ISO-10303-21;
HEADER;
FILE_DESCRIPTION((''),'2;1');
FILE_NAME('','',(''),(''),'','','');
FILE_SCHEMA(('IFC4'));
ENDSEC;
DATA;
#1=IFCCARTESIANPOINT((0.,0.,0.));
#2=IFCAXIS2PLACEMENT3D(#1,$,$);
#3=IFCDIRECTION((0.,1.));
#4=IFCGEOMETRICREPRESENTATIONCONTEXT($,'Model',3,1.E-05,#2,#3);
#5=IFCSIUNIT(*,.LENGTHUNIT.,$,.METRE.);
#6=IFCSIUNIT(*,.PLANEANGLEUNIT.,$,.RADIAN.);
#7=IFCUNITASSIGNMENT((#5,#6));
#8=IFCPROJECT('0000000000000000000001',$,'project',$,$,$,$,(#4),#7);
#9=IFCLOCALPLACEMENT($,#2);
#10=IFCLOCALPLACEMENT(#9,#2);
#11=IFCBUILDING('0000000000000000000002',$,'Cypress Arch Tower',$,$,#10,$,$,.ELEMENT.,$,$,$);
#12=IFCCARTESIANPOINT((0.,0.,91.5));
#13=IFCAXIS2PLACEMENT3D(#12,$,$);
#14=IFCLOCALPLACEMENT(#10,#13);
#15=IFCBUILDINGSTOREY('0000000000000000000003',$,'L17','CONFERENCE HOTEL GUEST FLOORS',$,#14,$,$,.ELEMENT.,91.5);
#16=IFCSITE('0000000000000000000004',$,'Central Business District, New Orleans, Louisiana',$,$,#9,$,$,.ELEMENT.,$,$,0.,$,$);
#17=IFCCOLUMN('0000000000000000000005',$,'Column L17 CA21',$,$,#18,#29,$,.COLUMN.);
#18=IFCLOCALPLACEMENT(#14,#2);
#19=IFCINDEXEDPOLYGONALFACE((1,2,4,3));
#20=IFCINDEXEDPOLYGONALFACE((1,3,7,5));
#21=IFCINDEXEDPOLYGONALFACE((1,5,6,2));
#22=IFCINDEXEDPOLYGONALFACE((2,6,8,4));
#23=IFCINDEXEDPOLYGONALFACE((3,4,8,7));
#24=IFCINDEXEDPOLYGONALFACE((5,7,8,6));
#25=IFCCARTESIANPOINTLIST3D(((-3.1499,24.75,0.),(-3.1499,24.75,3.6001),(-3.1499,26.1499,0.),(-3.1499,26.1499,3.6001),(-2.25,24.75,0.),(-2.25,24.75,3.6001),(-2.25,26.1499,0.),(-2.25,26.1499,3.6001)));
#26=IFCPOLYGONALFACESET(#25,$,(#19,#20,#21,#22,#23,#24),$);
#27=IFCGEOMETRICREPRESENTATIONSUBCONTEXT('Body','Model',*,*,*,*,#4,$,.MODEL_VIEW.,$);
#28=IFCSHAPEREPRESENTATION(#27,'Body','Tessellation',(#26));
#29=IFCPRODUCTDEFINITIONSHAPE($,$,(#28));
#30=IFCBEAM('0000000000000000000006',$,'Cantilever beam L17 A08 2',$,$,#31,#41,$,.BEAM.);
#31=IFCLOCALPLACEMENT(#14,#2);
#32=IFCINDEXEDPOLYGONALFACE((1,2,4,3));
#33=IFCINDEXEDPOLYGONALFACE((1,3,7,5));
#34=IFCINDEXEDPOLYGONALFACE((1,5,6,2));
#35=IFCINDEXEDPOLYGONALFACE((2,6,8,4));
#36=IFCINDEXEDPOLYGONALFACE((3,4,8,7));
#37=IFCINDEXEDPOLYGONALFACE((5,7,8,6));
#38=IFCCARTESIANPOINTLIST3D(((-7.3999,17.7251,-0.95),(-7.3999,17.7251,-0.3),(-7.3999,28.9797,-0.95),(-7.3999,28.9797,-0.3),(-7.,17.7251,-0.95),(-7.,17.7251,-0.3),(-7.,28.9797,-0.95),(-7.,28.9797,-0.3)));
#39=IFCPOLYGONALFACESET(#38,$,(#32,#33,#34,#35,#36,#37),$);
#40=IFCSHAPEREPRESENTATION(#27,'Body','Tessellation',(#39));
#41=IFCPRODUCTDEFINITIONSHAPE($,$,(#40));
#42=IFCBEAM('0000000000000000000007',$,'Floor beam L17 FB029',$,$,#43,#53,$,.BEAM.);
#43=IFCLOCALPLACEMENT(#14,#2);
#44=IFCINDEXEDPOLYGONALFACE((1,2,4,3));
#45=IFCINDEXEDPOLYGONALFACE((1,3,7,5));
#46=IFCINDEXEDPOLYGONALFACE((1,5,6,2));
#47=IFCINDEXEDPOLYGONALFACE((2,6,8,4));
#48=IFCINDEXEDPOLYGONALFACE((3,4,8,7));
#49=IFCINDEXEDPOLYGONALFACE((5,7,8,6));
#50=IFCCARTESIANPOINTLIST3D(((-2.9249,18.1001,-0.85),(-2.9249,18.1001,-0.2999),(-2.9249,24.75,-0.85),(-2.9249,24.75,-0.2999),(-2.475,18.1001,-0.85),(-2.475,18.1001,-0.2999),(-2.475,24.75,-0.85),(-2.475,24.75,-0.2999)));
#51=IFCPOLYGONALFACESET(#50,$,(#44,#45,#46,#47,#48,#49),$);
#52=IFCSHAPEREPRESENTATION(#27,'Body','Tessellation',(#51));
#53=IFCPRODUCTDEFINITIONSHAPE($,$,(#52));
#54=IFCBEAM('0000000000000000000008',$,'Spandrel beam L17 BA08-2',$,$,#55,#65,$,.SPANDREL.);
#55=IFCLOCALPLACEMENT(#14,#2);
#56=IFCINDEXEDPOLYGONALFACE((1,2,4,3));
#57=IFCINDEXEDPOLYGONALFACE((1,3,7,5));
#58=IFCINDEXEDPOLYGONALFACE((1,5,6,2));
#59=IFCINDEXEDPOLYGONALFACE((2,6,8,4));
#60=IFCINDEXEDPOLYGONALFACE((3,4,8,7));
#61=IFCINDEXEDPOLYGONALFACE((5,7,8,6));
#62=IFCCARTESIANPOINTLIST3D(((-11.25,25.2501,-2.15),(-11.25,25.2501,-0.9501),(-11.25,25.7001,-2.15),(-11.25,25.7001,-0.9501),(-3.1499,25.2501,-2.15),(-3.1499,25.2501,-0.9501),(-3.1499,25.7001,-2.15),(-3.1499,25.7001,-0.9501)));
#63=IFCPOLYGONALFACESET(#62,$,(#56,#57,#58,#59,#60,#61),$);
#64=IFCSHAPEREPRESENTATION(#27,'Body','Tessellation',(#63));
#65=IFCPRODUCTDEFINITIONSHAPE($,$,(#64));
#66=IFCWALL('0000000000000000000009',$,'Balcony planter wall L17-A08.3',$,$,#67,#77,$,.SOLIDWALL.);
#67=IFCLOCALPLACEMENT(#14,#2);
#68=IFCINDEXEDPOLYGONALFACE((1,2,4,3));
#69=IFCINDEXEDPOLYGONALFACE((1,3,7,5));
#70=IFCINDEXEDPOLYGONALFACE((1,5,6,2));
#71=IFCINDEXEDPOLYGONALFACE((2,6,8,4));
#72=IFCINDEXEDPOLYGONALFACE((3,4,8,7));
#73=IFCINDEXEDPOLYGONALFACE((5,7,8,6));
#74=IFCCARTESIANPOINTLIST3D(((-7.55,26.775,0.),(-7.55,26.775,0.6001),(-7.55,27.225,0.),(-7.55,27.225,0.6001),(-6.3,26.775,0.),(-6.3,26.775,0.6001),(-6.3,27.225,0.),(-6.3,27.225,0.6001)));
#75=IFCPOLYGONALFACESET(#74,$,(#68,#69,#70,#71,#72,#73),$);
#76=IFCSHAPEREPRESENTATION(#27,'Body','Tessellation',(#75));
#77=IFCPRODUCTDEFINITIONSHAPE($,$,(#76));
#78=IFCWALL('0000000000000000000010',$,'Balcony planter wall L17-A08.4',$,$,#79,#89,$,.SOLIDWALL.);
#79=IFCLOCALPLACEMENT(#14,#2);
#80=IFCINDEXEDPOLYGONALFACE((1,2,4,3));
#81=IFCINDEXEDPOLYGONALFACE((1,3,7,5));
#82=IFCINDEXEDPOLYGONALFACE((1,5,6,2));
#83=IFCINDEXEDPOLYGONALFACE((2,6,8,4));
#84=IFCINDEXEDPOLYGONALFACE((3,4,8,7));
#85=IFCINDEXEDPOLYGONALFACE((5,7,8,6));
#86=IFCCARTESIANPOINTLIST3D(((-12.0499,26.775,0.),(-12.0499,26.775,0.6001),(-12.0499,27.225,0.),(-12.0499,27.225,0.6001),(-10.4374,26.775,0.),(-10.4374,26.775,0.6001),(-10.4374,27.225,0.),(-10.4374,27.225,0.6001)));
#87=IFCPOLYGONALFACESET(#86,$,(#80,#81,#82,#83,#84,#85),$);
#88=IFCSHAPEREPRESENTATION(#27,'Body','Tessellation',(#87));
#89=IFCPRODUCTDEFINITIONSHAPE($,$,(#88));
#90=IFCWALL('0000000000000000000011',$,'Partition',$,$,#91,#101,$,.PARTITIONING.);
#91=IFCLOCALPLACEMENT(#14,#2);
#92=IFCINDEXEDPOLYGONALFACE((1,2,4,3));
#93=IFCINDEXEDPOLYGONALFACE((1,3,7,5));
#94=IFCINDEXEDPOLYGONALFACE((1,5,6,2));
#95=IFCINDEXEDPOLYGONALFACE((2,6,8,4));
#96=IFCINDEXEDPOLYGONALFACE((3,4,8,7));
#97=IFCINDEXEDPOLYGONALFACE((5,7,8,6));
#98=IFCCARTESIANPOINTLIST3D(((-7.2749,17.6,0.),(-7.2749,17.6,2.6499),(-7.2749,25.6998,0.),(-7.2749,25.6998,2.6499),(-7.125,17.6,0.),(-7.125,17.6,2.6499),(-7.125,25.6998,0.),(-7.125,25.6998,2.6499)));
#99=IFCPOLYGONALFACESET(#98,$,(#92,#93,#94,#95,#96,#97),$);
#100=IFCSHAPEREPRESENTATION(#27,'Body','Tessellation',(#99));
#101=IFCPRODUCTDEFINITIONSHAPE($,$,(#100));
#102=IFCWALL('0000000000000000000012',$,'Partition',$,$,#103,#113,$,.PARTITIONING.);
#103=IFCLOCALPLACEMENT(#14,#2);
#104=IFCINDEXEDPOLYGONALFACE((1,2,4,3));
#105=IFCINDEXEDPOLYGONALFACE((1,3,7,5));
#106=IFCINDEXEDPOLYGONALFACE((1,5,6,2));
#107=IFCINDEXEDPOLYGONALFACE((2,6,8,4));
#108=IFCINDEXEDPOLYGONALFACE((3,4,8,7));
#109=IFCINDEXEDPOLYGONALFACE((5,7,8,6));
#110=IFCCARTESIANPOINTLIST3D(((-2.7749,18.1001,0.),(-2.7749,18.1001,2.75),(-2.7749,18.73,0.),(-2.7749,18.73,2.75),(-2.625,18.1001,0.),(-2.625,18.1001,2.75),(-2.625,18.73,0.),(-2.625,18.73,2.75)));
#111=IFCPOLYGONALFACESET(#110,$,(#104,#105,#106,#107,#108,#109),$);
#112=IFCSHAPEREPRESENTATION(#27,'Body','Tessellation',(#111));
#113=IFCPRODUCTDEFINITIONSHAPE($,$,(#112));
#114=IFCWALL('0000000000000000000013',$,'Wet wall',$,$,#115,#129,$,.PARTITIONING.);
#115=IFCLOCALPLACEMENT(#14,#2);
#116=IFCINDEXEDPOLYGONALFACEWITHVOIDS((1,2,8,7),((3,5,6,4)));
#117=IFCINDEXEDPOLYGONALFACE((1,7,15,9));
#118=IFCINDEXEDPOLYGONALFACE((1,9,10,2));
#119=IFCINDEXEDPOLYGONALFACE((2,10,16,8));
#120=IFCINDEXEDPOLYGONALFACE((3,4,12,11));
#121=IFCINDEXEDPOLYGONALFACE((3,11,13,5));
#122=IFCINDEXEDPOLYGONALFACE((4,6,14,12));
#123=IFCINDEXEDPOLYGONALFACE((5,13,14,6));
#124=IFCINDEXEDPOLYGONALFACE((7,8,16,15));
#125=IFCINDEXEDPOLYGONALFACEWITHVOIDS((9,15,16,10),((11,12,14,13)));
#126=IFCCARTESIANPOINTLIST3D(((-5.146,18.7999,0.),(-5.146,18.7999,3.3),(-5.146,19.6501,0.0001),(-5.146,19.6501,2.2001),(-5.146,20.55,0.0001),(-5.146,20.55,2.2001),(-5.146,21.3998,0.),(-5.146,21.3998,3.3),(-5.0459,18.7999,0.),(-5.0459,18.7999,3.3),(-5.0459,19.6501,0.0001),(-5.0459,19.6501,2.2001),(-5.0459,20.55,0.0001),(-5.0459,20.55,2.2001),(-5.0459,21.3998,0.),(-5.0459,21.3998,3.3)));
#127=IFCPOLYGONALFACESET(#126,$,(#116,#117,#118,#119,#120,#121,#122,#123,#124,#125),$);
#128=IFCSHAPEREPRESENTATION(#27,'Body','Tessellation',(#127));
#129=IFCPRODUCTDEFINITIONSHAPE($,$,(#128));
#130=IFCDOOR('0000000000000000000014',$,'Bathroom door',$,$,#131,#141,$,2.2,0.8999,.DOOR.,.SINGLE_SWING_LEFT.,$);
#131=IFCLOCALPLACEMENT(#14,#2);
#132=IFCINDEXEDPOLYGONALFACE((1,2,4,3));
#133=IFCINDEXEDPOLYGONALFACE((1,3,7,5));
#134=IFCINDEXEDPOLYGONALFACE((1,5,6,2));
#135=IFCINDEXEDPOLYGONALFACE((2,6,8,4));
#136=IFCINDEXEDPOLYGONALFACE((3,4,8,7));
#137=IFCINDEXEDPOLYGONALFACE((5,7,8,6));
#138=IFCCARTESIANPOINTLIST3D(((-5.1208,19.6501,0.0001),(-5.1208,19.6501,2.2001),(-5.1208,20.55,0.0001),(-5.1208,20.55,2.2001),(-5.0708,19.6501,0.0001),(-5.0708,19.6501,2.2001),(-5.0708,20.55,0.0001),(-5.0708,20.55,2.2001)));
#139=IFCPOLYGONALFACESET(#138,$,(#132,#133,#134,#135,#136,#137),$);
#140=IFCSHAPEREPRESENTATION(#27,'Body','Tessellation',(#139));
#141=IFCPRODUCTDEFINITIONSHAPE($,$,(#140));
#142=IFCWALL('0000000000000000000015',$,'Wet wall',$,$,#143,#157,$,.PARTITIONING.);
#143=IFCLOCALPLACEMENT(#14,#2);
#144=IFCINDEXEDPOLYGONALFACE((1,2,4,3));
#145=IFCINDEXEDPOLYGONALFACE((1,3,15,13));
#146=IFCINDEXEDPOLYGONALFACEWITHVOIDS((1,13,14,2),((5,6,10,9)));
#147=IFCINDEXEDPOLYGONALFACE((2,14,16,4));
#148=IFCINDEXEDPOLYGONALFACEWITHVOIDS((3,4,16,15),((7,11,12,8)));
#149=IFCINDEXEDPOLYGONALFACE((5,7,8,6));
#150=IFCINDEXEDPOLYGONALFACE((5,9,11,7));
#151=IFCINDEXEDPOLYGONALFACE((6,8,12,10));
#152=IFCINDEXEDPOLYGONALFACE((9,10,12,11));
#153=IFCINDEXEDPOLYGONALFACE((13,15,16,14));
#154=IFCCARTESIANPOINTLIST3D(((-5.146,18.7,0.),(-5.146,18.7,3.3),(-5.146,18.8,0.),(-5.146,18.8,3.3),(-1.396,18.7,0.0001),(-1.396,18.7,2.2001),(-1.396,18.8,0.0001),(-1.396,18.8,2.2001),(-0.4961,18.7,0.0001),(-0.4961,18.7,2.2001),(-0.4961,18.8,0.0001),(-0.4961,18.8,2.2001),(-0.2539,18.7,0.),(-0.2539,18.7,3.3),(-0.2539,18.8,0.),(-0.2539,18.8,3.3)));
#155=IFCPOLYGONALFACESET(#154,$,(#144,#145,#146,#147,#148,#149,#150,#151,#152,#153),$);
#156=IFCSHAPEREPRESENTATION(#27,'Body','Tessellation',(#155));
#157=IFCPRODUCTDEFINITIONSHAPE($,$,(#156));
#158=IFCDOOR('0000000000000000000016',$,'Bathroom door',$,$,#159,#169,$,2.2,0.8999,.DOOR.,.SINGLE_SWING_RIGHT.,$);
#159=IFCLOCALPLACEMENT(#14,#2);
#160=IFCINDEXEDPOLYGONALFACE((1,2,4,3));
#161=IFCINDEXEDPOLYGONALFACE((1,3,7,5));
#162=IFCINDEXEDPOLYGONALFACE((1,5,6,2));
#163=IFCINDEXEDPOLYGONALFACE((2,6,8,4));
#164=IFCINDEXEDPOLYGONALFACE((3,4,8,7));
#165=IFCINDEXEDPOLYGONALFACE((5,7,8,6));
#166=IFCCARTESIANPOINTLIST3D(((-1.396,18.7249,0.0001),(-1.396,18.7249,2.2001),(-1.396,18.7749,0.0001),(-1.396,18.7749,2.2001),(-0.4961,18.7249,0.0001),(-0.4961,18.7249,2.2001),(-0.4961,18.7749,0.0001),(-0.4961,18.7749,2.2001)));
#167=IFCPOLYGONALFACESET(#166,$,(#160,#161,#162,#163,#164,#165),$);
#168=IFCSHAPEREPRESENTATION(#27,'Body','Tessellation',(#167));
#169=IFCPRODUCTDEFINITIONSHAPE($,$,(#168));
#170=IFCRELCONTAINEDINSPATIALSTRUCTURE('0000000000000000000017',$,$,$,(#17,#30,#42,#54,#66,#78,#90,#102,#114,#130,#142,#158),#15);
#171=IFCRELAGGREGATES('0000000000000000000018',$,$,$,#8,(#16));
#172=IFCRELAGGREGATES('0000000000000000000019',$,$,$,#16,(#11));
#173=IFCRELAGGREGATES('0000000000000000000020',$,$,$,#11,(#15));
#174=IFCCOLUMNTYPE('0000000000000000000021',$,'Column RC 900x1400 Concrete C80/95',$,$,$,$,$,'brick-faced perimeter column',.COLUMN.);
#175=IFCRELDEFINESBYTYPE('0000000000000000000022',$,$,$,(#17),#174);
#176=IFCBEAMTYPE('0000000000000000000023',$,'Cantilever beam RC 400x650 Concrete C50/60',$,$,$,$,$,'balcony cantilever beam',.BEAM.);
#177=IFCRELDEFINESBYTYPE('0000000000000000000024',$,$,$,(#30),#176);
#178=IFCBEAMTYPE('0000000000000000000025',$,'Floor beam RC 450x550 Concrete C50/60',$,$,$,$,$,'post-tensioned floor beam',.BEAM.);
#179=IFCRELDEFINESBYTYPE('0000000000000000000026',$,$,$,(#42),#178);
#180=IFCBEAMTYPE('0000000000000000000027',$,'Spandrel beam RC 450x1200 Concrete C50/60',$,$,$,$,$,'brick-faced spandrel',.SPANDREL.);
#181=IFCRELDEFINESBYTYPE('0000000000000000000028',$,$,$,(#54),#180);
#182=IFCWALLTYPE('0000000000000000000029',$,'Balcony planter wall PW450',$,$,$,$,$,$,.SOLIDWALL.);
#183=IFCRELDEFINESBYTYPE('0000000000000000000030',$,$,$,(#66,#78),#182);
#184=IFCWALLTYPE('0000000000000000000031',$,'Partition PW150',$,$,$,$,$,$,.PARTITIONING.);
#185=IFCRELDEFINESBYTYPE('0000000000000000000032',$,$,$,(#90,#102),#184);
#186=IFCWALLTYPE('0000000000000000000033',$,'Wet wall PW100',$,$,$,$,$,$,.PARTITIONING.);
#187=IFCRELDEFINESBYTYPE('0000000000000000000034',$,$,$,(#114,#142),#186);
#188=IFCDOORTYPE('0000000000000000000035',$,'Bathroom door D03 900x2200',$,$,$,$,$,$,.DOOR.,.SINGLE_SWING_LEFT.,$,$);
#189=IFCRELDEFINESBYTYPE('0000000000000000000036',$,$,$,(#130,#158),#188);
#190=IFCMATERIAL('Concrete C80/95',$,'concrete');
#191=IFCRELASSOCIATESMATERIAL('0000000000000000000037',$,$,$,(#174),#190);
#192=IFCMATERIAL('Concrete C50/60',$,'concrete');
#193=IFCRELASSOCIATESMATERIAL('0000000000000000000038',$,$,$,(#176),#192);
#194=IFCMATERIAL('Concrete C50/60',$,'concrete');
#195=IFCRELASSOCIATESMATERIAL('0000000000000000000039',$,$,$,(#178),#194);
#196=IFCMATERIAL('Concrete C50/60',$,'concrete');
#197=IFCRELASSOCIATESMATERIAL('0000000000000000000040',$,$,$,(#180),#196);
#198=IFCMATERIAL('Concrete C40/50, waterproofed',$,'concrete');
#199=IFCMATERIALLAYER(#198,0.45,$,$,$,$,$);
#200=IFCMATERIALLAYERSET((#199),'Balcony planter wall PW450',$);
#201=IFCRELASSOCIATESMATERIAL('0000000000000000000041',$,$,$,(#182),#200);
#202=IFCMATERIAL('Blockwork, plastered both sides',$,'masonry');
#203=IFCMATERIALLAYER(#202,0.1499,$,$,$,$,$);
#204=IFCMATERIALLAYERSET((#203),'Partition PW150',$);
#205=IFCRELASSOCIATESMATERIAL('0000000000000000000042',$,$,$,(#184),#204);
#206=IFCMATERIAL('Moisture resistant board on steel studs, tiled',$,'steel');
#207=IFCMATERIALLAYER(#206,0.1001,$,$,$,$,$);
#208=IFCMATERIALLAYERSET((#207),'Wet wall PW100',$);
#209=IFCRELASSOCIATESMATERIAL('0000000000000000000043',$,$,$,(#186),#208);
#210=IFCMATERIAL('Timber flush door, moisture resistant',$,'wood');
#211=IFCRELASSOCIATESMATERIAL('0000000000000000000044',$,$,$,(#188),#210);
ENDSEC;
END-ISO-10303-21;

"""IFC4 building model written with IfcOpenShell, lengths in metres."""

from ifc_helpers import new_model, si_unit, direction, frame, frame_2d, origin, origin_2d, place, context, subcontext, project, spatial, rectangle, extrude, material, layer, layer_set, material_profile, profile_set, type_object, element, fill, save


model = new_model("IFC4")

# Units and contexts
model_context = context("Model", 3, precision=1e-05, world=origin(), true_north=direction((0.0, 1.0)))
body_context = subcontext(model_context, "Body", "Model", "MODEL_VIEW")
ifc_project = project(units=[si_unit("LENGTHUNIT", "METRE"), si_unit("PLANEANGLEUNIT", "RADIAN")], contexts=[model_context])

# Site, building, storey
site_placement = place(None, origin())
site = spatial("IfcSite", under=ifc_project, at=site_placement, Name="Central Business District, New Orleans, Louisiana", CompositionType="ELEMENT", RefElevation=0.0)
building_placement = place(site_placement, origin())
building = spatial("IfcBuilding", under=site, at=building_placement, Name="Cypress Arch Tower", CompositionType="ELEMENT")
storey_placement = place(building_placement, frame((0.0, 0.0, 91.5)))
storey = spatial("IfcBuildingStorey", under=building, at=storey_placement, Name="L17", Description="CONFERENCE HOTEL GUEST FLOORS", CompositionType="ELEMENT", Elevation=91.5)

# Column
ifc_material_1 = material(Name="Concrete C80/95", Category="concrete")
ifc_material_profile_1 = material_profile(ifc_material_1, rectangle(XDim=0.8999, YDim=1.3999, at=origin_2d()), Name="RC 900x1400")
ifc_profile_set_1 = profile_set([ifc_material_profile_1], Name="Concrete C80/95")
column_type = type_object("IfcColumnType", Name="Column RC 900x1400 Concrete C80/95", ElementType="brick-faced perimeter column", PredefinedType="COLUMN", material=ifc_profile_set_1)
column_placement = place(storey_placement, frame((-2.7, 25.45, 0.0), z_axis=(0.0, 0.0, 1.0), x_axis=(-1.0, 0.0, 0.0)))
element("IfcColumn", 1, at=column_placement, inside=storey, type_object=column_type, Name="Column L17 CA21", PredefinedType="COLUMN", context=body_context, shape_type="SweptSolid", body=[
    extrude(rectangle(XDim=0.8999, YDim=1.3999, at=origin_2d()), origin(), (0.0, 0.0, 1.0), 3.6001),
])

# Beams
ifc_material_2 = material(Name="Concrete C50/60", Category="concrete")
ifc_material_profile_2 = material_profile(ifc_material_2, rectangle(XDim=0.3999, YDim=0.6499, at=origin_2d()), Name="RC 400x650")
ifc_profile_set_2 = profile_set([ifc_material_profile_2], Name="Concrete C50/60")
beam_type_1 = type_object("IfcBeamType", Name="Cantilever beam RC 400x650 Concrete C50/60", ElementType="balcony cantilever beam", PredefinedType="BEAM", material=ifc_profile_set_2)
beam_1_placement = place(storey_placement, frame((-7.2, 17.7251, -0.625), z_axis=(0.0, 1.0, 0.0), x_axis=(-1.0, 0.0, 0.0)))
element("IfcBeam", 2, at=beam_1_placement, inside=storey, type_object=beam_type_1, Name="Cantilever beam L17 A08 2", PredefinedType="BEAM", context=body_context, shape_type="SweptSolid", body=[
    extrude(rectangle(XDim=0.3999, YDim=0.6499, at=origin_2d()), origin(), (0.0, 0.0, 1.0), 11.2546),
])
ifc_material_3 = material(Name="Concrete C50/60", Category="concrete")
ifc_material_profile_3 = material_profile(ifc_material_3, rectangle(XDim=0.45, YDim=0.55, at=origin_2d()), Name="RC 450x550")
ifc_profile_set_3 = profile_set([ifc_material_profile_3], Name="Concrete C50/60")
beam_type_2 = type_object("IfcBeamType", Name="Floor beam RC 450x550 Concrete C50/60", ElementType="post-tensioned floor beam", PredefinedType="BEAM", material=ifc_profile_set_3)
beam_2_placement = place(storey_placement, frame((-2.7, 18.1001, -0.575), z_axis=(0.0, 1.0, 0.0), x_axis=(-1.0, 0.0, 0.0)))
element("IfcBeam", 3, at=beam_2_placement, inside=storey, type_object=beam_type_2, Name="Floor beam L17 FB029", PredefinedType="BEAM", context=body_context, shape_type="SweptSolid", body=[
    extrude(rectangle(XDim=0.45, YDim=0.55, at=origin_2d()), origin(), (0.0, 0.0, 1.0), 6.6499),
])
ifc_material_4 = material(Name="Concrete C50/60", Category="concrete")
ifc_material_profile_4 = material_profile(ifc_material_4, rectangle(XDim=0.45, YDim=1.2, at=origin_2d()), Name="RC 450x1200")
ifc_profile_set_4 = profile_set([ifc_material_profile_4], Name="Concrete C50/60")
beam_type_3 = type_object("IfcBeamType", Name="Spandrel beam RC 450x1200 Concrete C50/60", ElementType="brick-faced spandrel", PredefinedType="SPANDREL", material=ifc_profile_set_4)
beam_3_placement = place(storey_placement, frame((-3.1499, 25.4751, -1.55), z_axis=(-1.0, 0.0, 0.0), x_axis=(0.0, -1.0, 0.0)))
element("IfcBeam", 4, at=beam_3_placement, inside=storey, type_object=beam_type_3, Name="Spandrel beam L17 BA08-2", PredefinedType="SPANDREL", context=body_context, shape_type="SweptSolid", body=[
    extrude(rectangle(XDim=0.45, YDim=1.2, at=origin_2d()), origin(), (0.0, 0.0, 1.0), 8.1001),
])

# Walls
ifc_material_5 = material(Name="Concrete C40/50, waterproofed", Category="concrete")
ifc_layer_1 = layer(ifc_material_5, 0.45)
ifc_layer_set_1 = layer_set([ifc_layer_1], Name="Balcony planter wall PW450")
wall_type_1 = type_object("IfcWallType", Name="Balcony planter wall PW450", PredefinedType="SOLIDWALL", material=ifc_layer_set_1)
wall_1_placement = place(storey_placement, frame((-6.3, 27.0, 0.0), z_axis=(0.0, 0.0, 1.0), x_axis=(-1.0, 0.0, 0.0)))
element("IfcWall", 5, at=wall_1_placement, inside=storey, type_object=wall_type_1, Name="Balcony planter wall L17-A08.3", PredefinedType="SOLIDWALL", context=body_context, shape_type="SweptSolid", body=[
    extrude(rectangle(XDim=1.25, YDim=0.45, at=frame_2d((0.625, 0.0))), origin(), (0.0, 0.0, 1.0), 0.6001),
])
wall_2_placement = place(storey_placement, frame((-10.4375, 27.0, 0.0), z_axis=(0.0, 0.0, 1.0), x_axis=(-1.0, 0.0, 0.0)))
element("IfcWall", 6, at=wall_2_placement, inside=storey, type_object=wall_type_1, Name="Balcony planter wall L17-A08.4", PredefinedType="SOLIDWALL", context=body_context, shape_type="SweptSolid", body=[
    extrude(rectangle(XDim=1.6125, YDim=0.45, at=frame_2d((0.8062, 0.0))), origin(), (0.0, 0.0, 1.0), 0.6001),
])

# Walls
ifc_material_6 = material(Name="Blockwork, plastered both sides", Category="masonry")
ifc_layer_2 = layer(ifc_material_6, 0.1499)
ifc_layer_set_2 = layer_set([ifc_layer_2], Name="Partition PW150")
wall_type_2 = type_object("IfcWallType", Name="Partition PW150", PredefinedType="PARTITIONING", material=ifc_layer_set_2)
wall_3_placement = place(storey_placement, frame((-7.2, 17.6001, 0.0), z_axis=(0.0, 0.0, 1.0), x_axis=(0.0, 1.0, 0.0)))
element("IfcWall", 7, at=wall_3_placement, inside=storey, type_object=wall_type_2, Name="Partition", PredefinedType="PARTITIONING", context=body_context, shape_type="SweptSolid", body=[
    extrude(rectangle(XDim=8.0999, YDim=0.1499, at=frame_2d((4.0498, 0.0))), origin(), (0.0, 0.0, 1.0), 2.6499),
])
wall_4_placement = place(storey_placement, frame((-2.7, 18.1001, 0.0), z_axis=(0.0, 0.0, 1.0), x_axis=(0.0, 1.0, 0.0)))
element("IfcWall", 8, at=wall_4_placement, inside=storey, type_object=wall_type_2, Name="Partition", PredefinedType="PARTITIONING", context=body_context, shape_type="SweptSolid", body=[
    extrude(rectangle(XDim=0.6299, YDim=0.1499, at=frame_2d((0.3149, 0.0))), origin(), (0.0, 0.0, 1.0), 2.75),
])

# Walls, openings, doors
ifc_material_7 = material(Name="Moisture resistant board on steel studs, tiled", Category="steel")
ifc_layer_3 = layer(ifc_material_7, 0.1001)
ifc_layer_set_3 = layer_set([ifc_layer_3], Name="Wet wall PW100")
wall_type_3 = type_object("IfcWallType", Name="Wet wall PW100", PredefinedType="PARTITIONING", material=ifc_layer_set_3)
wall_5_placement = place(storey_placement, frame((-5.0959, 18.8, 0.0), z_axis=(0.0, 0.0, 1.0), x_axis=(0.0, 1.0, 0.0)))
wall_5 = element("IfcWall", 9, at=wall_5_placement, inside=storey, type_object=wall_type_3, Name="Wet wall", PredefinedType="PARTITIONING", context=body_context, shape_type="SweptSolid", body=[
    extrude(rectangle(XDim=2.5999, YDim=0.1001, at=frame_2d((1.2998, 0.0))), origin(), (0.0, 0.0, 1.0), 3.3),
])
opening_1_placement = place(wall_5_placement, frame((0.8501, 0.0, 0.0)))
opening_1 = element("IfcOpeningElement", 10, at=opening_1_placement, cuts=wall_5, PredefinedType="OPENING", context=body_context, shape_type="SweptSolid", body=[
    extrude(rectangle(XDim=0.8999, YDim=2.2, at=frame_2d((0.45, 1.1001))), frame((0.0, 0.0601, 0.0), z_axis=(0.0, -1.0, 0.0), x_axis=(1.0, 0.0, 0.0)), (0.0, 0.0, 1.0), 0.1201),
])
ifc_material_8 = material(Name="Timber flush door, moisture resistant", Category="wood")
door_type_1 = type_object("IfcDoorType", Name="Bathroom door D03 900x2200", OperationType="SINGLE_SWING_LEFT", PredefinedType="DOOR", material=ifc_material_8)
door_1_placement = place(opening_1_placement, origin())
door_1 = element("IfcDoor", 11, at=door_1_placement, inside=storey, type_object=door_type_1, Name="Bathroom door", OperationType="SINGLE_SWING_LEFT", OverallHeight=2.2, OverallWidth=0.8999, PredefinedType="DOOR", context=body_context, shape_type="SweptSolid", body=[
    extrude(rectangle(XDim=0.8999, YDim=2.2, at=frame_2d((0.45, 1.1001))), frame((0.0, 0.0249, 0.0), z_axis=(0.0, -1.0, 0.0), x_axis=(1.0, 0.0, 0.0)), (0.0, 0.0, 1.0), 0.05),
])
fill(opening_1, door_1)
wall_6_placement = place(storey_placement, frame((-5.146, 18.75, 0.0), z_axis=(0.0, 0.0, 1.0), x_axis=(1.0, 0.0, 0.0)))
wall_6 = element("IfcWall", 12, at=wall_6_placement, inside=storey, type_object=wall_type_3, Name="Wet wall", PredefinedType="PARTITIONING", context=body_context, shape_type="SweptSolid", body=[
    extrude(rectangle(XDim=4.8921, YDim=0.1001, at=frame_2d((2.446, 0.0))), origin(), (0.0, 0.0, 1.0), 3.3),
])
opening_2_placement = place(wall_6_placement, frame((3.75, 0.0, 0.0)))
opening_2 = element("IfcOpeningElement", 13, at=opening_2_placement, cuts=wall_6, PredefinedType="OPENING", context=body_context, shape_type="SweptSolid", body=[
    extrude(rectangle(XDim=0.8999, YDim=2.2, at=frame_2d((0.45, 1.1001))), frame((0.0, 0.0601, 0.0), z_axis=(0.0, -1.0, 0.0), x_axis=(1.0, 0.0, 0.0)), (0.0, 0.0, 1.0), 0.1201),
])
door_2_placement = place(opening_2_placement, origin())
door_2 = element("IfcDoor", 14, at=door_2_placement, inside=storey, type_object=door_type_1, Name="Bathroom door", OperationType="SINGLE_SWING_RIGHT", OverallHeight=2.2, OverallWidth=0.8999, PredefinedType="DOOR", context=body_context, shape_type="SweptSolid", body=[
    extrude(rectangle(XDim=0.8999, YDim=2.2, at=frame_2d((0.45, 1.1001))), frame((0.0, 0.0249, 0.0), z_axis=(0.0, -1.0, 0.0), x_axis=(1.0, 0.0, 0.0)), (0.0, 0.0, 1.0), 0.05),
])
fill(opening_2, door_2)

save(model, "model.ifc")
